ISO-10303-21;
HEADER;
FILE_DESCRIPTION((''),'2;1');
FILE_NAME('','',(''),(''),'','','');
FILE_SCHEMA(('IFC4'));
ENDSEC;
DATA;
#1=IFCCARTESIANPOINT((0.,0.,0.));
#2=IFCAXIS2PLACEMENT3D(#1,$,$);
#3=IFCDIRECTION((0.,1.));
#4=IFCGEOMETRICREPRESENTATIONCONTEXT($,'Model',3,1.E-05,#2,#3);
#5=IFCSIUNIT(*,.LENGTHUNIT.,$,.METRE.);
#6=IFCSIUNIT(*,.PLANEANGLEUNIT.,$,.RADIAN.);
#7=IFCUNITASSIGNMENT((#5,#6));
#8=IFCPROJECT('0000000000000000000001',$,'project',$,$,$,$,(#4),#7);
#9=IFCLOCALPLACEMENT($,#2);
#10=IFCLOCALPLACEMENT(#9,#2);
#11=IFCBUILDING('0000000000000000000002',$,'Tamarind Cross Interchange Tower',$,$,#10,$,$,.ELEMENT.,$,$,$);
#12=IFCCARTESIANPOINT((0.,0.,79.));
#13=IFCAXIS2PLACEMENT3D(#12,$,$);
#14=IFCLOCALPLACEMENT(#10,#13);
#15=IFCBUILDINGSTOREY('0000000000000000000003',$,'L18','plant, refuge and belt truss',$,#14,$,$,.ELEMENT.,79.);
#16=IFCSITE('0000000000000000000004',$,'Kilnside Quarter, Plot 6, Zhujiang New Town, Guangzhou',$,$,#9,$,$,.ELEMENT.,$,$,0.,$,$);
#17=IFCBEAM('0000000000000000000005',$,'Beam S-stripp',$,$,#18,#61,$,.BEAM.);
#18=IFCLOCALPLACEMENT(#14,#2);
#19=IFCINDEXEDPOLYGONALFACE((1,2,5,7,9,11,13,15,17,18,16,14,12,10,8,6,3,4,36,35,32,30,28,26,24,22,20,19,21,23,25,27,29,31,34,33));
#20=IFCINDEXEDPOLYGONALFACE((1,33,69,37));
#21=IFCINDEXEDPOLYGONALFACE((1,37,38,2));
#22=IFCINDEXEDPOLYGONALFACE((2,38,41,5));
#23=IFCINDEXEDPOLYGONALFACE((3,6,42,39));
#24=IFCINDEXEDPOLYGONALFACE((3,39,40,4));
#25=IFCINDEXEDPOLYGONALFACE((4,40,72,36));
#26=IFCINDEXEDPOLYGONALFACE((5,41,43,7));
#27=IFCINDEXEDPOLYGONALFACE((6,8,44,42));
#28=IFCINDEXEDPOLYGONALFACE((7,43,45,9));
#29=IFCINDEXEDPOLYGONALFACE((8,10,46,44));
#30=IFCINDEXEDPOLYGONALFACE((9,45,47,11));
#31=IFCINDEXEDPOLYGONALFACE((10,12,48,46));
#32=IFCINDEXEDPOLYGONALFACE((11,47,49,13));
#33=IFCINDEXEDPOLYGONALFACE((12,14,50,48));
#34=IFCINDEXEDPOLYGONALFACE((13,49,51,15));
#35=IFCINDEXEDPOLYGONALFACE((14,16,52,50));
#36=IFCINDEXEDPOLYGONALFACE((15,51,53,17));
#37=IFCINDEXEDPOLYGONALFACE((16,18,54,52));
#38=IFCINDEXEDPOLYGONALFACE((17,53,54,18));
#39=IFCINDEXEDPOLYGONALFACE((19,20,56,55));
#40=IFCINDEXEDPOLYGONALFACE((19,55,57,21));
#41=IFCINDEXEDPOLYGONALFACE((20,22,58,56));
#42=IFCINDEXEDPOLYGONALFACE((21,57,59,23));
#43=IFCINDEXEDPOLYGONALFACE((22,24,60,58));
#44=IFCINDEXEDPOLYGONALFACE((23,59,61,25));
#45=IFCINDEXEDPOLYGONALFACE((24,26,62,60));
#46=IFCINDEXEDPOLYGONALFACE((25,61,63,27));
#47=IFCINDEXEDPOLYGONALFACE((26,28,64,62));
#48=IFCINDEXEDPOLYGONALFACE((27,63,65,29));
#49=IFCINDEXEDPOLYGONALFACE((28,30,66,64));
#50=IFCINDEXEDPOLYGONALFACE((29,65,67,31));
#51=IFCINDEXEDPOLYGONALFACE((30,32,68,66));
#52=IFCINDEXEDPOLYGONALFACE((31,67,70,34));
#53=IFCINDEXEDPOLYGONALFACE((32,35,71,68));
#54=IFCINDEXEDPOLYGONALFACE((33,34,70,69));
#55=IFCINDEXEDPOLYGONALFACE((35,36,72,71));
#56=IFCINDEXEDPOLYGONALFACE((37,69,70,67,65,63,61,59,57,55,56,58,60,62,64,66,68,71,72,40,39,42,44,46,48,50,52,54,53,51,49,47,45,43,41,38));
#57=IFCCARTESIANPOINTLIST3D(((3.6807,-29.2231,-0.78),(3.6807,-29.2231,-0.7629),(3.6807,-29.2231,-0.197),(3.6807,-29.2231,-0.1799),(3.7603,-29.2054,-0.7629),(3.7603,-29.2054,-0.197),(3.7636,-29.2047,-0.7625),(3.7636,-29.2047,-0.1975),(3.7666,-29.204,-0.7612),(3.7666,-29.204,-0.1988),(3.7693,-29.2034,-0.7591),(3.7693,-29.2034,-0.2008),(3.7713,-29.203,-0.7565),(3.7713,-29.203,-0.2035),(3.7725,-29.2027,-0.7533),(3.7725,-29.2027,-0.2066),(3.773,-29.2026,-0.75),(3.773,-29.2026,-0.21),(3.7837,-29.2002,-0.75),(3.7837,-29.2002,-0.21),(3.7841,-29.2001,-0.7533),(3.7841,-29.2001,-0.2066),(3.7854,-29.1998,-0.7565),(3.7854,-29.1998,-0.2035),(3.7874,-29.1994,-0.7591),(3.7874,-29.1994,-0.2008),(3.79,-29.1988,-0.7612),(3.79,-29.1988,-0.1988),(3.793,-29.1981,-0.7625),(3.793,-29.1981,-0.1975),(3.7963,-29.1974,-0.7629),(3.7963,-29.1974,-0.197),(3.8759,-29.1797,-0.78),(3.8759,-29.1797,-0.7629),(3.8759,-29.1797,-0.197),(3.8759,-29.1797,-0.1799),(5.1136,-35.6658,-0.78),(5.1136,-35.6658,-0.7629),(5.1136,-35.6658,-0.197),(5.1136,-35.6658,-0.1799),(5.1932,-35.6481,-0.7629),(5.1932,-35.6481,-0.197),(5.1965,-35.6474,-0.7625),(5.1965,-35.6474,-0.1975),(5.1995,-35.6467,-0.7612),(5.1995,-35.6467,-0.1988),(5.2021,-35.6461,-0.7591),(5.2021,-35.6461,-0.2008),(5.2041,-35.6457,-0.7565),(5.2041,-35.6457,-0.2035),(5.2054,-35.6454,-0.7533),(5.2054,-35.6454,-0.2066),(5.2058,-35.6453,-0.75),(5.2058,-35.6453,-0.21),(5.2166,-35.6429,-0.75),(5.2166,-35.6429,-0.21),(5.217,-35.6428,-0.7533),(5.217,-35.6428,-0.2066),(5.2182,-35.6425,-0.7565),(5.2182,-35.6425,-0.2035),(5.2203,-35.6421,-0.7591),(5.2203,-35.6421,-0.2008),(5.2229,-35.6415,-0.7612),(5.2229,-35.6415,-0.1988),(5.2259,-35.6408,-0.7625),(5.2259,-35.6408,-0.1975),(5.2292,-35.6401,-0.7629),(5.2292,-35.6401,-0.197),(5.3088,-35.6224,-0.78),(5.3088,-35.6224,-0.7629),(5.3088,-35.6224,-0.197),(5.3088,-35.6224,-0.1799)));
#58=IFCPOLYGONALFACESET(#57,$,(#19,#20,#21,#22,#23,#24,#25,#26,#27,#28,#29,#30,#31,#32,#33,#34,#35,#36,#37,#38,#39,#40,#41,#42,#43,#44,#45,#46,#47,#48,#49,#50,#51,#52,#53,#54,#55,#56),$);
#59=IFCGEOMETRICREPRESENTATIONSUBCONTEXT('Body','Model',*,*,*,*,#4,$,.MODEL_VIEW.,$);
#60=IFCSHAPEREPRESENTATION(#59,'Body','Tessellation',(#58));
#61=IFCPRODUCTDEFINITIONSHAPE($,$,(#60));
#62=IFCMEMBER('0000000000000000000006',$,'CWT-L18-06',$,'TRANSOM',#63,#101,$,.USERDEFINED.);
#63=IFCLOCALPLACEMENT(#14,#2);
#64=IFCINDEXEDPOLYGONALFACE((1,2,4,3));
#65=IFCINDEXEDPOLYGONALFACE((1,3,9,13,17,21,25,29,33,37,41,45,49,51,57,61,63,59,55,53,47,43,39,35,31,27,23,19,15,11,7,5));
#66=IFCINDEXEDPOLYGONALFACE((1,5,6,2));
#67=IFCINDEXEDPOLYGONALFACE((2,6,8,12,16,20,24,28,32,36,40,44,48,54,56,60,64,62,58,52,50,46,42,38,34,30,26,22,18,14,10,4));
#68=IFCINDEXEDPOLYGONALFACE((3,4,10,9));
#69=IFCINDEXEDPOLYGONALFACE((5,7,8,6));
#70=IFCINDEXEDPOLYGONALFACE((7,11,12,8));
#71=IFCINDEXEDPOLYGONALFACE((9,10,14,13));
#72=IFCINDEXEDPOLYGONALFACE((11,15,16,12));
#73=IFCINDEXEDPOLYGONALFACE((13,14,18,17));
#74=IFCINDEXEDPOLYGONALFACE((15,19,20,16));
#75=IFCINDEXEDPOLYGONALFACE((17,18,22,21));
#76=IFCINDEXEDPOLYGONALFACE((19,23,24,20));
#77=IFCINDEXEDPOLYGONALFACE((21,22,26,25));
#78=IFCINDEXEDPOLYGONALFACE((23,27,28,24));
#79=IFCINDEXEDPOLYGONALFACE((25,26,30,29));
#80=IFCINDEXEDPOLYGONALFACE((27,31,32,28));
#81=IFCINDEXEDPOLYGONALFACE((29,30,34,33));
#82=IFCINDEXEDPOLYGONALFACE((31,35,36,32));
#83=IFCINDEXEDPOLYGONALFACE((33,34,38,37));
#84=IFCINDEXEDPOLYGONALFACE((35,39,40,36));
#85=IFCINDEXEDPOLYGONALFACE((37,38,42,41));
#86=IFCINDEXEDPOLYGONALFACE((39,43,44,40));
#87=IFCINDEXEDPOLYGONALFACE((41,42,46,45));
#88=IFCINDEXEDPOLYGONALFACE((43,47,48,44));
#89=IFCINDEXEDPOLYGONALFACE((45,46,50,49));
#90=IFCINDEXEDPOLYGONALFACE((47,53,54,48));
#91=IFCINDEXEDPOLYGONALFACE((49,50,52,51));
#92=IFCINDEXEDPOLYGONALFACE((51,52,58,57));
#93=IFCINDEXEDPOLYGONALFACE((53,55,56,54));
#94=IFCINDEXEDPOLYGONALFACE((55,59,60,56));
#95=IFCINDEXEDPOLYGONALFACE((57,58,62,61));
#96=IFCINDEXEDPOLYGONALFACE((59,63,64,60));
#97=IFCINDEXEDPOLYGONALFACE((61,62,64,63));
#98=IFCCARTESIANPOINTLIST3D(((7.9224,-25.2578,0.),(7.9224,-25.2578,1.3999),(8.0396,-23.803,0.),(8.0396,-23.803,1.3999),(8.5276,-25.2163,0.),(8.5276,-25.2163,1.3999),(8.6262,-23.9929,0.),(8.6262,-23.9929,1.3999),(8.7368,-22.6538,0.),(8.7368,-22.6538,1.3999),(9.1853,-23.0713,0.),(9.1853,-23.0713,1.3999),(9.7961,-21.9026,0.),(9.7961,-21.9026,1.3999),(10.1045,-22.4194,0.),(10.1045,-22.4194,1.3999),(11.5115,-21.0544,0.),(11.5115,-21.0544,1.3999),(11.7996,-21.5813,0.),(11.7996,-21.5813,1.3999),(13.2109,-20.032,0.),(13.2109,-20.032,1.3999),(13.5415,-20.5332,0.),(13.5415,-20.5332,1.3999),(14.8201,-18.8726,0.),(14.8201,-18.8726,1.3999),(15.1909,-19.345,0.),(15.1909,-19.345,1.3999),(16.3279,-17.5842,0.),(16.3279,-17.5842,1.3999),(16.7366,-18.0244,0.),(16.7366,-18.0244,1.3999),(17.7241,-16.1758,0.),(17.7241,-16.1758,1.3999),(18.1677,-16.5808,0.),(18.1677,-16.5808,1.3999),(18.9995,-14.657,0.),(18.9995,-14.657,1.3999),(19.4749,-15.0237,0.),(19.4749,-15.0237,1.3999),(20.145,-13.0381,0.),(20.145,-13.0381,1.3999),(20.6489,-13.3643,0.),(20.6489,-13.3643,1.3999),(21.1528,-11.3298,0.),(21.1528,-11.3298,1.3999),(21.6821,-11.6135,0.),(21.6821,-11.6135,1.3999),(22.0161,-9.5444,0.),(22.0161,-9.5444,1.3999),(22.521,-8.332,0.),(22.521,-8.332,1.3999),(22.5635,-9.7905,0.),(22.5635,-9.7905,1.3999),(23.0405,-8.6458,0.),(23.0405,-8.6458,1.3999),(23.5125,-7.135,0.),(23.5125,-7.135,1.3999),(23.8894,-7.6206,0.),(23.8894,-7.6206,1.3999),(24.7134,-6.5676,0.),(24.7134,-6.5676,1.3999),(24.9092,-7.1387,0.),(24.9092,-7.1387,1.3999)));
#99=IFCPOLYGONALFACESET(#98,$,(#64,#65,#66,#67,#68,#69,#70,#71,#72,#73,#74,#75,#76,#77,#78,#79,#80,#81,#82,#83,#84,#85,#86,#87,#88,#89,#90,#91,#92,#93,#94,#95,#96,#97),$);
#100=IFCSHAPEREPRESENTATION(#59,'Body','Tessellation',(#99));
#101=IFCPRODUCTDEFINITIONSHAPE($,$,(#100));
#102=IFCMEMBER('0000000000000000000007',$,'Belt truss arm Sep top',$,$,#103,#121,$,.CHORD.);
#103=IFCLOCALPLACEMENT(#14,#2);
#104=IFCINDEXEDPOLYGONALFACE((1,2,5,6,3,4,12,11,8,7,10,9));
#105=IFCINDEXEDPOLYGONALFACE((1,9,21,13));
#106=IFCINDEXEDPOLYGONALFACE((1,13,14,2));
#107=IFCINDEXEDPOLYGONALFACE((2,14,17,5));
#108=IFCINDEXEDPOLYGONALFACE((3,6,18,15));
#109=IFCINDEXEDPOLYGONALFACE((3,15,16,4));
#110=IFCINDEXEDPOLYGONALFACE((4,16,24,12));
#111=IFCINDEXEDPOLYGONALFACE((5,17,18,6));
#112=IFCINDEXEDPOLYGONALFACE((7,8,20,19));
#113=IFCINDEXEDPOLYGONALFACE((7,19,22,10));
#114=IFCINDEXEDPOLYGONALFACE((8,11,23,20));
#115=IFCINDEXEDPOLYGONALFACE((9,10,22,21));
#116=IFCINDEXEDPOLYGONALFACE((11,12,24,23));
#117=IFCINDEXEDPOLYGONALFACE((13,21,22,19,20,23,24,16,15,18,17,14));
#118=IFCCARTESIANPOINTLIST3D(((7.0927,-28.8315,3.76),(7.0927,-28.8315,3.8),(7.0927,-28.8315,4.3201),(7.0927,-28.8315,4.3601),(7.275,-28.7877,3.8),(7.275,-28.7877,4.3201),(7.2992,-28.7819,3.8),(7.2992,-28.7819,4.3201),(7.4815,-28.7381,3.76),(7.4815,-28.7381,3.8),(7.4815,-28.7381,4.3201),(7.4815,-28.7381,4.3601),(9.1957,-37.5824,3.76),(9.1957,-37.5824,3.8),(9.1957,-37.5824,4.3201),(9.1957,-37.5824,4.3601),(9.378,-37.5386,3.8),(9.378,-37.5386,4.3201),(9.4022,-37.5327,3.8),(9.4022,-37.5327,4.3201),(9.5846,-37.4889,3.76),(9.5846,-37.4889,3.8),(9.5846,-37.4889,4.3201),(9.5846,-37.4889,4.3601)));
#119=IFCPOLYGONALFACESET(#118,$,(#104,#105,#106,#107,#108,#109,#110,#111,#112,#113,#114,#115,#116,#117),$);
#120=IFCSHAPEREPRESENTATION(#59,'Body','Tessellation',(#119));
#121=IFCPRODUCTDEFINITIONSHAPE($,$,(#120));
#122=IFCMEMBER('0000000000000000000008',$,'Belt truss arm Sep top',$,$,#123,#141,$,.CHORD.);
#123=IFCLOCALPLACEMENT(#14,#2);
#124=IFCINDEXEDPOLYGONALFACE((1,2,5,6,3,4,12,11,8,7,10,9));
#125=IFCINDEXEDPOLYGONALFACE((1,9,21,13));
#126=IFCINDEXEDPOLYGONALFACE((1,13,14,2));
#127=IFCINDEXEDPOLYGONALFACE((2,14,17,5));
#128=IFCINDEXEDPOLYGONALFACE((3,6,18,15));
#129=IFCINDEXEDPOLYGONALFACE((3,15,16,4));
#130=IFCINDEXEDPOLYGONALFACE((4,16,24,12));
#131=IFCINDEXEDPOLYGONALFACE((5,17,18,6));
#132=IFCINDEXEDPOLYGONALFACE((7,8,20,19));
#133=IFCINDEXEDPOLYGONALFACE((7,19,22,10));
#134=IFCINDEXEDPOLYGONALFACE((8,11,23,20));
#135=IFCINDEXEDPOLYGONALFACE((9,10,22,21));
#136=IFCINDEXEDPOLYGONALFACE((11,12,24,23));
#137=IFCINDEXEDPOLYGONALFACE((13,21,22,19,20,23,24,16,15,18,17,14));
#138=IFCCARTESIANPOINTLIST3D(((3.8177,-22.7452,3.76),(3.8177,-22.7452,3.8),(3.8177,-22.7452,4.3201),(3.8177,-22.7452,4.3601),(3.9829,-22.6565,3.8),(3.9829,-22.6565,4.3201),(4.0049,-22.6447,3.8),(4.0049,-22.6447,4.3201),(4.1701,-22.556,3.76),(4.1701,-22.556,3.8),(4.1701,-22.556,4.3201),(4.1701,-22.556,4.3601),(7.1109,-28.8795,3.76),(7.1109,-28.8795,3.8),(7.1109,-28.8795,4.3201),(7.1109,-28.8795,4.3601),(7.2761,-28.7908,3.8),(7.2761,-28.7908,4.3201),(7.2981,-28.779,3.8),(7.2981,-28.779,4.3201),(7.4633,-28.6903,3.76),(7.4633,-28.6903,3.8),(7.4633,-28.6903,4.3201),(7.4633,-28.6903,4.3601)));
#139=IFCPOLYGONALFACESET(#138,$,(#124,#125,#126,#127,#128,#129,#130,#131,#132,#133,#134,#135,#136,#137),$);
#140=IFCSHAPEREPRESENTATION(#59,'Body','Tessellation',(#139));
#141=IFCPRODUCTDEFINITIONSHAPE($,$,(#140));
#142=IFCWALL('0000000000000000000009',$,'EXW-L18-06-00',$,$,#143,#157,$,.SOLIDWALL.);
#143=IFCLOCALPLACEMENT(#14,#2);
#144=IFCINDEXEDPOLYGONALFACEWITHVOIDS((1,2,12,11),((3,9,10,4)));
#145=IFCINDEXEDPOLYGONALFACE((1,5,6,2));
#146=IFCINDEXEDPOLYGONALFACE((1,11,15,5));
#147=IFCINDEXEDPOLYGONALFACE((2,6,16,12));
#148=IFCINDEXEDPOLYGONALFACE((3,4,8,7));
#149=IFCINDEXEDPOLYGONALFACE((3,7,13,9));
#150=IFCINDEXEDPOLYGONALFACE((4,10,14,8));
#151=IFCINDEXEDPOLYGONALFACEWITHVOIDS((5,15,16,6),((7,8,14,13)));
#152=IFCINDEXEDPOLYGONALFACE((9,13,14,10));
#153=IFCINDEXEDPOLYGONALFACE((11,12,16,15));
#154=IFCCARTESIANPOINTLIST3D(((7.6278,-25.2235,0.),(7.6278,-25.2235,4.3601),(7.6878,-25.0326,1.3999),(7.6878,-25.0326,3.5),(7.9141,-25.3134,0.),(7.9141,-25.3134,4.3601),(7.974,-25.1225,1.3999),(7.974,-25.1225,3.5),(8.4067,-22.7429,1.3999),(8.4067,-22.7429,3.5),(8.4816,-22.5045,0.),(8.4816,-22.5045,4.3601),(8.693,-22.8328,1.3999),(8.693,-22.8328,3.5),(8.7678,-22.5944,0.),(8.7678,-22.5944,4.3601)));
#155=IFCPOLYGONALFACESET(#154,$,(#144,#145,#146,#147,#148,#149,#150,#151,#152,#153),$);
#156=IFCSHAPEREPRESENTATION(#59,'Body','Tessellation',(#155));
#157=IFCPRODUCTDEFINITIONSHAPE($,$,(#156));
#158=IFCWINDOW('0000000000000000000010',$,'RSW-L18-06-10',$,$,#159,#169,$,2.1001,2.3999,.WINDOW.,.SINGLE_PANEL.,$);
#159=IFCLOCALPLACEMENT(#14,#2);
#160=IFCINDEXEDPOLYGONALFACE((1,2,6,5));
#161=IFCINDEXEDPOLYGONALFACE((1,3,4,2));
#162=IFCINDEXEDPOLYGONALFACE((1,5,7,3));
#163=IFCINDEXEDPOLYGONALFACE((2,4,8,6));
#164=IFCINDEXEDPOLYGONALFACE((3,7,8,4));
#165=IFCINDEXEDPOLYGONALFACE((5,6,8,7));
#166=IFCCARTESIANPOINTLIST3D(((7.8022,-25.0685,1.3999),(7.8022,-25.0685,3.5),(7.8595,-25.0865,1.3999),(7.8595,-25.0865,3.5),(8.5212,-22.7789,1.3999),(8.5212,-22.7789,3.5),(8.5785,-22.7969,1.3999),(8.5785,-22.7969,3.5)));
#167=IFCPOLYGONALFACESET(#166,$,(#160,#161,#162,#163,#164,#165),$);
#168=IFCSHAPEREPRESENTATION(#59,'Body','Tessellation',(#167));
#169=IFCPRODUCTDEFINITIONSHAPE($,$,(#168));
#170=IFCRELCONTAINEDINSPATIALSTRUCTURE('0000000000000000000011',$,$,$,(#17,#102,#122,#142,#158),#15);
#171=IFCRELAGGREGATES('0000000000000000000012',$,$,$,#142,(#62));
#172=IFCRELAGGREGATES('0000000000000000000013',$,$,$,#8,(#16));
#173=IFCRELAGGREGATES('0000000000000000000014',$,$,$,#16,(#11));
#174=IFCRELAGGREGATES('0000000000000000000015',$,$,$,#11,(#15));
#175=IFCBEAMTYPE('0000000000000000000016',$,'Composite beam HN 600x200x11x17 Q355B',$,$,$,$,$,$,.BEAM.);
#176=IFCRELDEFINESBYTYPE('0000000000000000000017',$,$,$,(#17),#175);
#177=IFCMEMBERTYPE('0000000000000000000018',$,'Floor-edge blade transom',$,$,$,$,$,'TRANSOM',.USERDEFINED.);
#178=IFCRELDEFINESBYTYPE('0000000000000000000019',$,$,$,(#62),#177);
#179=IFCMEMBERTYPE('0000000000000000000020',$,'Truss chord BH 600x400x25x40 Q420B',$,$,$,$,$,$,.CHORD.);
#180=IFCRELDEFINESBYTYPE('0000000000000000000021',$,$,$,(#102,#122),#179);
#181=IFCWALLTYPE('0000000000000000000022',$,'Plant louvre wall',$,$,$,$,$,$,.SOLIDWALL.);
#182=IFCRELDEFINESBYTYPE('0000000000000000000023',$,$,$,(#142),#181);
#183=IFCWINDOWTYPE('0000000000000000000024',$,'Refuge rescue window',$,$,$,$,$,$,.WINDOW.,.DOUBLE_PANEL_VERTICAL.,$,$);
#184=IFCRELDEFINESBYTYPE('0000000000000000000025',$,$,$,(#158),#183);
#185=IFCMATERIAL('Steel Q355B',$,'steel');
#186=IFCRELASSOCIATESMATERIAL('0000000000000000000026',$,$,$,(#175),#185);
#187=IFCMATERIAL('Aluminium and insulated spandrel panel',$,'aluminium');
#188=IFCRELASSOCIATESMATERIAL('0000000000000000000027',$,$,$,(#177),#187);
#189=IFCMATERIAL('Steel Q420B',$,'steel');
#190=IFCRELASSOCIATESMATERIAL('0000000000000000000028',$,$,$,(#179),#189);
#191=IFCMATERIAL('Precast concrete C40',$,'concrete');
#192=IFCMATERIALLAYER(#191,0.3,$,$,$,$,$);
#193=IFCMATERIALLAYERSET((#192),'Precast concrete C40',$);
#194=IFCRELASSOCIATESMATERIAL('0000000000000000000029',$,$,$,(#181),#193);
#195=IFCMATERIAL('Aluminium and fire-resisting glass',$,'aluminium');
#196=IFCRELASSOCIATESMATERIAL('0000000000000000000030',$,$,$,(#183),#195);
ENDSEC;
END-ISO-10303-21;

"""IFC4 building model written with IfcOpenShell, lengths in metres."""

from ifc_helpers import new_model, si_unit, direction, frame, frame_2d, origin, origin_2d, place, context, subcontext, project, spatial, polyline, rectangle, i_section, outline, extrude, material, layer, layer_set, material_profile, profile_set, type_object, element, fill, aggregate, save


model = new_model("IFC4")

# Units and contexts
model_context = context("Model", 3, precision=1e-05, world=origin(), true_north=direction((0.0, 1.0)))
body_context = subcontext(model_context, "Body", "Model", "MODEL_VIEW")
ifc_project = project(units=[si_unit("LENGTHUNIT", "METRE"), si_unit("PLANEANGLEUNIT", "RADIAN")], contexts=[model_context])

# Site, building, storey
site_placement = place(None, origin())
site = spatial("IfcSite", under=ifc_project, at=site_placement, Name="Kilnside Quarter, Plot 6, Zhujiang New Town, Guangzhou", CompositionType="ELEMENT", RefElevation=0.0)
building_placement = place(site_placement, origin())
building = spatial("IfcBuilding", under=site, at=building_placement, Name="Tamarind Cross Interchange Tower", CompositionType="ELEMENT")
storey_placement = place(building_placement, frame((0.0, 0.0, 79.0)))
storey = spatial("IfcBuildingStorey", under=building, at=storey_placement, Name="L18", Description="plant, refuge and belt truss", CompositionType="ELEMENT", Elevation=79.0)

# Beam
ifc_material_1 = material(Name="Steel Q355B", Category="steel")
ifc_material_profile_1 = material_profile(ifc_material_1, i_section(OverallWidth=0.2, OverallDepth=0.6001, WebThickness=0.011, FlangeThickness=0.0171, FilletRadius=0.0129, at=origin_2d()), Name="HN 600x200x11x17")
ifc_profile_set_1 = profile_set([ifc_material_profile_1], Name="Steel Q355B")
beam_type = type_object("IfcBeamType", Name="Composite beam HN 600x200x11x17 Q355B", PredefinedType="BEAM", material=ifc_profile_set_1)
for number, where, z_axis, x_axis, name in (
    (1, (3.7783, -29.2014, -0.48), (0.217099, -0.97615, 0.0), (0.97615, 0.217099, 0.0), "Beam S-stripp"),
):
    element("IfcBeam", number, at=place(storey_placement, frame(where, z_axis=z_axis, x_axis=x_axis)), inside=storey, type_object=beam_type, Name=name, PredefinedType="BEAM", context=body_context, shape_type="SweptSolid", body=[
        extrude(i_section(OverallWidth=0.2, OverallDepth=0.6001, WebThickness=0.011, FlangeThickness=0.0171, FilletRadius=0.0129, at=origin_2d()), origin(), (0.0, 0.0, 1.0), 6.6001),
    ])

# Member
ifc_material_2 = material(Name="Aluminium and insulated spandrel panel", Category="aluminium")
member_type_1 = type_object("IfcMemberType", Name="Floor-edge blade transom", ElementType="TRANSOM", PredefinedType="USERDEFINED", material=ifc_material_2)
member_1_placement = place(storey_placement, origin())
member_1 = element("IfcMember", 2, at=member_1_placement, type_object=member_type_1, Name="CWT-L18-06", ObjectType="TRANSOM", PredefinedType="USERDEFINED", context=body_context, shape_type="SweptSolid", body=[
    extrude(outline(polyline([(7.9224, -25.2578), (8.0396, -23.803), (8.7368, -22.6538), (9.7961, -21.9026), (11.5115, -21.0544), (13.2109, -20.032), (14.8201, -18.8726), (16.3279, -17.5842), (17.7241, -16.1758), (18.9995, -14.657), (20.145, -13.0381), (21.1528, -11.3298), (22.0161, -9.5444), (22.521, -8.332), (23.5125, -7.135), (24.7134, -6.5676), (24.9092, -7.1387), (23.8894, -7.6206), (23.0405, -8.6458), (22.5635, -9.7905), (21.6821, -11.6135), (20.6489, -13.3643), (19.4749, -15.0237), (18.1677, -16.5808), (16.7366, -18.0244), (15.1909, -19.345), (13.5415, -20.5332), (11.7996, -21.5813), (10.1045, -22.4194), (9.1853, -23.0713), (8.6262, -23.9929), (8.5276, -25.2163), (7.9224, -25.2578)])), origin(), (0.0, 0.0, 1.0), 1.3999),
])

# Members
ifc_material_3 = material(Name="Steel Q420B", Category="steel")
ifc_material_profile_2 = material_profile(ifc_material_3, i_section(OverallWidth=0.3999, OverallDepth=0.6001, WebThickness=0.0249, FlangeThickness=0.04, at=origin_2d()), Name="BH 600x400x25x40")
ifc_profile_set_2 = profile_set([ifc_material_profile_2], Name="Steel Q420B")
member_type_2 = type_object("IfcMemberType", Name="Truss chord BH 600x400x25x40 Q420B", PredefinedType="CHORD", material=ifc_profile_set_2)
member_2_placement = place(storey_placement, frame((9.3901, -37.5356, 4.0601), z_axis=(-0.233673, 0.972315, 0.0), x_axis=(-0.972315, -0.233673, 0.0)))
element("IfcMember", 3, at=member_2_placement, inside=storey, type_object=member_type_2, Name="Belt truss arm Sep top", PredefinedType="CHORD", context=body_context, shape_type="SweptSolid", body=[
    extrude(i_section(OverallWidth=0.3999, OverallDepth=0.6001, WebThickness=0.0249, FlangeThickness=0.04, at=origin_2d()), origin(), (0.0, 0.0, 1.0), 9.0),
])
member_3_placement = place(storey_placement, frame((7.2871, -28.7849, 4.0601), z_axis=(-0.473002, 0.881062, 0.0), x_axis=(-0.881062, -0.473002, 0.0)))
element("IfcMember", 4, at=member_3_placement, inside=storey, type_object=member_type_2, Name="Belt truss arm Sep top", PredefinedType="CHORD", context=body_context, shape_type="SweptSolid", body=[
    extrude(i_section(OverallWidth=0.3999, OverallDepth=0.6001, WebThickness=0.0249, FlangeThickness=0.04, at=origin_2d()), origin(), (0.0, 0.0, 1.0), 6.9624),
])

# Wall, opening, window
ifc_material_4 = material(Name="Precast concrete C40", Category="concrete")
ifc_layer_1 = layer(ifc_material_4, 0.3)
ifc_layer_set_1 = layer_set([ifc_layer_1], Name="Precast concrete C40")
wall_type_1 = type_object("IfcWallType", Name="Plant louvre wall", PredefinedType="SOLIDWALL", material=ifc_layer_set_1)
wall_1_placement = place(storey_placement, frame((7.771, -25.2683, 0.0), z_axis=(0.0, 0.0, 1.0), x_axis=(0.299577, 0.954072, 0.0)))
wall_1 = element("IfcWall", 5, at=wall_1_placement, inside=storey, type_object=wall_type_1, Name="EXW-L18-06-00", PredefinedType="SOLIDWALL", context=body_context, shape_type="SweptSolid", body=[
    extrude(rectangle(XDim=2.8499, YDim=0.3, at=frame_2d((1.4248, 0.0))), origin(), (0.0, 0.0, 1.0), 4.3601),
])
opening_1_placement = place(wall_1_placement, frame((0.2, 0.0, 1.3999)))
opening_1 = element("IfcOpeningElement", 6, at=opening_1_placement, cuts=wall_1, PredefinedType="OPENING", context=body_context, shape_type="SweptSolid", body=[
    extrude(rectangle(XDim=2.3999, YDim=2.1001, at=frame_2d((1.2, 1.05))), frame((0.0, 0.1599, 0.0), z_axis=(0.0, -1.0, 0.0), x_axis=(1.0, 0.0, 0.0)), (0.0, 0.0, 1.0), 0.3201),
])
ifc_material_5 = material(Name="Aluminium and fire-resisting glass", Category="aluminium")
window_type = type_object("IfcWindowType", Name="Refuge rescue window", PartitioningType="DOUBLE_PANEL_VERTICAL", PredefinedType="WINDOW", material=ifc_material_5)
window_placement = place(opening_1_placement, origin())
window = element("IfcWindow", 7, at=window_placement, inside=storey, type_object=window_type, Name="RSW-L18-06-10", OverallHeight=2.1001, OverallWidth=2.3999, PartitioningType="SINGLE_PANEL", PredefinedType="WINDOW", context=body_context, shape_type="SweptSolid", body=[
    extrude(rectangle(XDim=2.3999, YDim=2.1001, at=frame_2d((1.2, 1.05))), frame((0.0, 0.03, 0.0), z_axis=(0.0, -1.0, 0.0), x_axis=(1.0, 0.0, 0.0)), (0.0, 0.0, 1.0), 0.0601),
])
fill(opening_1, window)
aggregate(wall_1, [member_1])

save(model, "model.ifc")
